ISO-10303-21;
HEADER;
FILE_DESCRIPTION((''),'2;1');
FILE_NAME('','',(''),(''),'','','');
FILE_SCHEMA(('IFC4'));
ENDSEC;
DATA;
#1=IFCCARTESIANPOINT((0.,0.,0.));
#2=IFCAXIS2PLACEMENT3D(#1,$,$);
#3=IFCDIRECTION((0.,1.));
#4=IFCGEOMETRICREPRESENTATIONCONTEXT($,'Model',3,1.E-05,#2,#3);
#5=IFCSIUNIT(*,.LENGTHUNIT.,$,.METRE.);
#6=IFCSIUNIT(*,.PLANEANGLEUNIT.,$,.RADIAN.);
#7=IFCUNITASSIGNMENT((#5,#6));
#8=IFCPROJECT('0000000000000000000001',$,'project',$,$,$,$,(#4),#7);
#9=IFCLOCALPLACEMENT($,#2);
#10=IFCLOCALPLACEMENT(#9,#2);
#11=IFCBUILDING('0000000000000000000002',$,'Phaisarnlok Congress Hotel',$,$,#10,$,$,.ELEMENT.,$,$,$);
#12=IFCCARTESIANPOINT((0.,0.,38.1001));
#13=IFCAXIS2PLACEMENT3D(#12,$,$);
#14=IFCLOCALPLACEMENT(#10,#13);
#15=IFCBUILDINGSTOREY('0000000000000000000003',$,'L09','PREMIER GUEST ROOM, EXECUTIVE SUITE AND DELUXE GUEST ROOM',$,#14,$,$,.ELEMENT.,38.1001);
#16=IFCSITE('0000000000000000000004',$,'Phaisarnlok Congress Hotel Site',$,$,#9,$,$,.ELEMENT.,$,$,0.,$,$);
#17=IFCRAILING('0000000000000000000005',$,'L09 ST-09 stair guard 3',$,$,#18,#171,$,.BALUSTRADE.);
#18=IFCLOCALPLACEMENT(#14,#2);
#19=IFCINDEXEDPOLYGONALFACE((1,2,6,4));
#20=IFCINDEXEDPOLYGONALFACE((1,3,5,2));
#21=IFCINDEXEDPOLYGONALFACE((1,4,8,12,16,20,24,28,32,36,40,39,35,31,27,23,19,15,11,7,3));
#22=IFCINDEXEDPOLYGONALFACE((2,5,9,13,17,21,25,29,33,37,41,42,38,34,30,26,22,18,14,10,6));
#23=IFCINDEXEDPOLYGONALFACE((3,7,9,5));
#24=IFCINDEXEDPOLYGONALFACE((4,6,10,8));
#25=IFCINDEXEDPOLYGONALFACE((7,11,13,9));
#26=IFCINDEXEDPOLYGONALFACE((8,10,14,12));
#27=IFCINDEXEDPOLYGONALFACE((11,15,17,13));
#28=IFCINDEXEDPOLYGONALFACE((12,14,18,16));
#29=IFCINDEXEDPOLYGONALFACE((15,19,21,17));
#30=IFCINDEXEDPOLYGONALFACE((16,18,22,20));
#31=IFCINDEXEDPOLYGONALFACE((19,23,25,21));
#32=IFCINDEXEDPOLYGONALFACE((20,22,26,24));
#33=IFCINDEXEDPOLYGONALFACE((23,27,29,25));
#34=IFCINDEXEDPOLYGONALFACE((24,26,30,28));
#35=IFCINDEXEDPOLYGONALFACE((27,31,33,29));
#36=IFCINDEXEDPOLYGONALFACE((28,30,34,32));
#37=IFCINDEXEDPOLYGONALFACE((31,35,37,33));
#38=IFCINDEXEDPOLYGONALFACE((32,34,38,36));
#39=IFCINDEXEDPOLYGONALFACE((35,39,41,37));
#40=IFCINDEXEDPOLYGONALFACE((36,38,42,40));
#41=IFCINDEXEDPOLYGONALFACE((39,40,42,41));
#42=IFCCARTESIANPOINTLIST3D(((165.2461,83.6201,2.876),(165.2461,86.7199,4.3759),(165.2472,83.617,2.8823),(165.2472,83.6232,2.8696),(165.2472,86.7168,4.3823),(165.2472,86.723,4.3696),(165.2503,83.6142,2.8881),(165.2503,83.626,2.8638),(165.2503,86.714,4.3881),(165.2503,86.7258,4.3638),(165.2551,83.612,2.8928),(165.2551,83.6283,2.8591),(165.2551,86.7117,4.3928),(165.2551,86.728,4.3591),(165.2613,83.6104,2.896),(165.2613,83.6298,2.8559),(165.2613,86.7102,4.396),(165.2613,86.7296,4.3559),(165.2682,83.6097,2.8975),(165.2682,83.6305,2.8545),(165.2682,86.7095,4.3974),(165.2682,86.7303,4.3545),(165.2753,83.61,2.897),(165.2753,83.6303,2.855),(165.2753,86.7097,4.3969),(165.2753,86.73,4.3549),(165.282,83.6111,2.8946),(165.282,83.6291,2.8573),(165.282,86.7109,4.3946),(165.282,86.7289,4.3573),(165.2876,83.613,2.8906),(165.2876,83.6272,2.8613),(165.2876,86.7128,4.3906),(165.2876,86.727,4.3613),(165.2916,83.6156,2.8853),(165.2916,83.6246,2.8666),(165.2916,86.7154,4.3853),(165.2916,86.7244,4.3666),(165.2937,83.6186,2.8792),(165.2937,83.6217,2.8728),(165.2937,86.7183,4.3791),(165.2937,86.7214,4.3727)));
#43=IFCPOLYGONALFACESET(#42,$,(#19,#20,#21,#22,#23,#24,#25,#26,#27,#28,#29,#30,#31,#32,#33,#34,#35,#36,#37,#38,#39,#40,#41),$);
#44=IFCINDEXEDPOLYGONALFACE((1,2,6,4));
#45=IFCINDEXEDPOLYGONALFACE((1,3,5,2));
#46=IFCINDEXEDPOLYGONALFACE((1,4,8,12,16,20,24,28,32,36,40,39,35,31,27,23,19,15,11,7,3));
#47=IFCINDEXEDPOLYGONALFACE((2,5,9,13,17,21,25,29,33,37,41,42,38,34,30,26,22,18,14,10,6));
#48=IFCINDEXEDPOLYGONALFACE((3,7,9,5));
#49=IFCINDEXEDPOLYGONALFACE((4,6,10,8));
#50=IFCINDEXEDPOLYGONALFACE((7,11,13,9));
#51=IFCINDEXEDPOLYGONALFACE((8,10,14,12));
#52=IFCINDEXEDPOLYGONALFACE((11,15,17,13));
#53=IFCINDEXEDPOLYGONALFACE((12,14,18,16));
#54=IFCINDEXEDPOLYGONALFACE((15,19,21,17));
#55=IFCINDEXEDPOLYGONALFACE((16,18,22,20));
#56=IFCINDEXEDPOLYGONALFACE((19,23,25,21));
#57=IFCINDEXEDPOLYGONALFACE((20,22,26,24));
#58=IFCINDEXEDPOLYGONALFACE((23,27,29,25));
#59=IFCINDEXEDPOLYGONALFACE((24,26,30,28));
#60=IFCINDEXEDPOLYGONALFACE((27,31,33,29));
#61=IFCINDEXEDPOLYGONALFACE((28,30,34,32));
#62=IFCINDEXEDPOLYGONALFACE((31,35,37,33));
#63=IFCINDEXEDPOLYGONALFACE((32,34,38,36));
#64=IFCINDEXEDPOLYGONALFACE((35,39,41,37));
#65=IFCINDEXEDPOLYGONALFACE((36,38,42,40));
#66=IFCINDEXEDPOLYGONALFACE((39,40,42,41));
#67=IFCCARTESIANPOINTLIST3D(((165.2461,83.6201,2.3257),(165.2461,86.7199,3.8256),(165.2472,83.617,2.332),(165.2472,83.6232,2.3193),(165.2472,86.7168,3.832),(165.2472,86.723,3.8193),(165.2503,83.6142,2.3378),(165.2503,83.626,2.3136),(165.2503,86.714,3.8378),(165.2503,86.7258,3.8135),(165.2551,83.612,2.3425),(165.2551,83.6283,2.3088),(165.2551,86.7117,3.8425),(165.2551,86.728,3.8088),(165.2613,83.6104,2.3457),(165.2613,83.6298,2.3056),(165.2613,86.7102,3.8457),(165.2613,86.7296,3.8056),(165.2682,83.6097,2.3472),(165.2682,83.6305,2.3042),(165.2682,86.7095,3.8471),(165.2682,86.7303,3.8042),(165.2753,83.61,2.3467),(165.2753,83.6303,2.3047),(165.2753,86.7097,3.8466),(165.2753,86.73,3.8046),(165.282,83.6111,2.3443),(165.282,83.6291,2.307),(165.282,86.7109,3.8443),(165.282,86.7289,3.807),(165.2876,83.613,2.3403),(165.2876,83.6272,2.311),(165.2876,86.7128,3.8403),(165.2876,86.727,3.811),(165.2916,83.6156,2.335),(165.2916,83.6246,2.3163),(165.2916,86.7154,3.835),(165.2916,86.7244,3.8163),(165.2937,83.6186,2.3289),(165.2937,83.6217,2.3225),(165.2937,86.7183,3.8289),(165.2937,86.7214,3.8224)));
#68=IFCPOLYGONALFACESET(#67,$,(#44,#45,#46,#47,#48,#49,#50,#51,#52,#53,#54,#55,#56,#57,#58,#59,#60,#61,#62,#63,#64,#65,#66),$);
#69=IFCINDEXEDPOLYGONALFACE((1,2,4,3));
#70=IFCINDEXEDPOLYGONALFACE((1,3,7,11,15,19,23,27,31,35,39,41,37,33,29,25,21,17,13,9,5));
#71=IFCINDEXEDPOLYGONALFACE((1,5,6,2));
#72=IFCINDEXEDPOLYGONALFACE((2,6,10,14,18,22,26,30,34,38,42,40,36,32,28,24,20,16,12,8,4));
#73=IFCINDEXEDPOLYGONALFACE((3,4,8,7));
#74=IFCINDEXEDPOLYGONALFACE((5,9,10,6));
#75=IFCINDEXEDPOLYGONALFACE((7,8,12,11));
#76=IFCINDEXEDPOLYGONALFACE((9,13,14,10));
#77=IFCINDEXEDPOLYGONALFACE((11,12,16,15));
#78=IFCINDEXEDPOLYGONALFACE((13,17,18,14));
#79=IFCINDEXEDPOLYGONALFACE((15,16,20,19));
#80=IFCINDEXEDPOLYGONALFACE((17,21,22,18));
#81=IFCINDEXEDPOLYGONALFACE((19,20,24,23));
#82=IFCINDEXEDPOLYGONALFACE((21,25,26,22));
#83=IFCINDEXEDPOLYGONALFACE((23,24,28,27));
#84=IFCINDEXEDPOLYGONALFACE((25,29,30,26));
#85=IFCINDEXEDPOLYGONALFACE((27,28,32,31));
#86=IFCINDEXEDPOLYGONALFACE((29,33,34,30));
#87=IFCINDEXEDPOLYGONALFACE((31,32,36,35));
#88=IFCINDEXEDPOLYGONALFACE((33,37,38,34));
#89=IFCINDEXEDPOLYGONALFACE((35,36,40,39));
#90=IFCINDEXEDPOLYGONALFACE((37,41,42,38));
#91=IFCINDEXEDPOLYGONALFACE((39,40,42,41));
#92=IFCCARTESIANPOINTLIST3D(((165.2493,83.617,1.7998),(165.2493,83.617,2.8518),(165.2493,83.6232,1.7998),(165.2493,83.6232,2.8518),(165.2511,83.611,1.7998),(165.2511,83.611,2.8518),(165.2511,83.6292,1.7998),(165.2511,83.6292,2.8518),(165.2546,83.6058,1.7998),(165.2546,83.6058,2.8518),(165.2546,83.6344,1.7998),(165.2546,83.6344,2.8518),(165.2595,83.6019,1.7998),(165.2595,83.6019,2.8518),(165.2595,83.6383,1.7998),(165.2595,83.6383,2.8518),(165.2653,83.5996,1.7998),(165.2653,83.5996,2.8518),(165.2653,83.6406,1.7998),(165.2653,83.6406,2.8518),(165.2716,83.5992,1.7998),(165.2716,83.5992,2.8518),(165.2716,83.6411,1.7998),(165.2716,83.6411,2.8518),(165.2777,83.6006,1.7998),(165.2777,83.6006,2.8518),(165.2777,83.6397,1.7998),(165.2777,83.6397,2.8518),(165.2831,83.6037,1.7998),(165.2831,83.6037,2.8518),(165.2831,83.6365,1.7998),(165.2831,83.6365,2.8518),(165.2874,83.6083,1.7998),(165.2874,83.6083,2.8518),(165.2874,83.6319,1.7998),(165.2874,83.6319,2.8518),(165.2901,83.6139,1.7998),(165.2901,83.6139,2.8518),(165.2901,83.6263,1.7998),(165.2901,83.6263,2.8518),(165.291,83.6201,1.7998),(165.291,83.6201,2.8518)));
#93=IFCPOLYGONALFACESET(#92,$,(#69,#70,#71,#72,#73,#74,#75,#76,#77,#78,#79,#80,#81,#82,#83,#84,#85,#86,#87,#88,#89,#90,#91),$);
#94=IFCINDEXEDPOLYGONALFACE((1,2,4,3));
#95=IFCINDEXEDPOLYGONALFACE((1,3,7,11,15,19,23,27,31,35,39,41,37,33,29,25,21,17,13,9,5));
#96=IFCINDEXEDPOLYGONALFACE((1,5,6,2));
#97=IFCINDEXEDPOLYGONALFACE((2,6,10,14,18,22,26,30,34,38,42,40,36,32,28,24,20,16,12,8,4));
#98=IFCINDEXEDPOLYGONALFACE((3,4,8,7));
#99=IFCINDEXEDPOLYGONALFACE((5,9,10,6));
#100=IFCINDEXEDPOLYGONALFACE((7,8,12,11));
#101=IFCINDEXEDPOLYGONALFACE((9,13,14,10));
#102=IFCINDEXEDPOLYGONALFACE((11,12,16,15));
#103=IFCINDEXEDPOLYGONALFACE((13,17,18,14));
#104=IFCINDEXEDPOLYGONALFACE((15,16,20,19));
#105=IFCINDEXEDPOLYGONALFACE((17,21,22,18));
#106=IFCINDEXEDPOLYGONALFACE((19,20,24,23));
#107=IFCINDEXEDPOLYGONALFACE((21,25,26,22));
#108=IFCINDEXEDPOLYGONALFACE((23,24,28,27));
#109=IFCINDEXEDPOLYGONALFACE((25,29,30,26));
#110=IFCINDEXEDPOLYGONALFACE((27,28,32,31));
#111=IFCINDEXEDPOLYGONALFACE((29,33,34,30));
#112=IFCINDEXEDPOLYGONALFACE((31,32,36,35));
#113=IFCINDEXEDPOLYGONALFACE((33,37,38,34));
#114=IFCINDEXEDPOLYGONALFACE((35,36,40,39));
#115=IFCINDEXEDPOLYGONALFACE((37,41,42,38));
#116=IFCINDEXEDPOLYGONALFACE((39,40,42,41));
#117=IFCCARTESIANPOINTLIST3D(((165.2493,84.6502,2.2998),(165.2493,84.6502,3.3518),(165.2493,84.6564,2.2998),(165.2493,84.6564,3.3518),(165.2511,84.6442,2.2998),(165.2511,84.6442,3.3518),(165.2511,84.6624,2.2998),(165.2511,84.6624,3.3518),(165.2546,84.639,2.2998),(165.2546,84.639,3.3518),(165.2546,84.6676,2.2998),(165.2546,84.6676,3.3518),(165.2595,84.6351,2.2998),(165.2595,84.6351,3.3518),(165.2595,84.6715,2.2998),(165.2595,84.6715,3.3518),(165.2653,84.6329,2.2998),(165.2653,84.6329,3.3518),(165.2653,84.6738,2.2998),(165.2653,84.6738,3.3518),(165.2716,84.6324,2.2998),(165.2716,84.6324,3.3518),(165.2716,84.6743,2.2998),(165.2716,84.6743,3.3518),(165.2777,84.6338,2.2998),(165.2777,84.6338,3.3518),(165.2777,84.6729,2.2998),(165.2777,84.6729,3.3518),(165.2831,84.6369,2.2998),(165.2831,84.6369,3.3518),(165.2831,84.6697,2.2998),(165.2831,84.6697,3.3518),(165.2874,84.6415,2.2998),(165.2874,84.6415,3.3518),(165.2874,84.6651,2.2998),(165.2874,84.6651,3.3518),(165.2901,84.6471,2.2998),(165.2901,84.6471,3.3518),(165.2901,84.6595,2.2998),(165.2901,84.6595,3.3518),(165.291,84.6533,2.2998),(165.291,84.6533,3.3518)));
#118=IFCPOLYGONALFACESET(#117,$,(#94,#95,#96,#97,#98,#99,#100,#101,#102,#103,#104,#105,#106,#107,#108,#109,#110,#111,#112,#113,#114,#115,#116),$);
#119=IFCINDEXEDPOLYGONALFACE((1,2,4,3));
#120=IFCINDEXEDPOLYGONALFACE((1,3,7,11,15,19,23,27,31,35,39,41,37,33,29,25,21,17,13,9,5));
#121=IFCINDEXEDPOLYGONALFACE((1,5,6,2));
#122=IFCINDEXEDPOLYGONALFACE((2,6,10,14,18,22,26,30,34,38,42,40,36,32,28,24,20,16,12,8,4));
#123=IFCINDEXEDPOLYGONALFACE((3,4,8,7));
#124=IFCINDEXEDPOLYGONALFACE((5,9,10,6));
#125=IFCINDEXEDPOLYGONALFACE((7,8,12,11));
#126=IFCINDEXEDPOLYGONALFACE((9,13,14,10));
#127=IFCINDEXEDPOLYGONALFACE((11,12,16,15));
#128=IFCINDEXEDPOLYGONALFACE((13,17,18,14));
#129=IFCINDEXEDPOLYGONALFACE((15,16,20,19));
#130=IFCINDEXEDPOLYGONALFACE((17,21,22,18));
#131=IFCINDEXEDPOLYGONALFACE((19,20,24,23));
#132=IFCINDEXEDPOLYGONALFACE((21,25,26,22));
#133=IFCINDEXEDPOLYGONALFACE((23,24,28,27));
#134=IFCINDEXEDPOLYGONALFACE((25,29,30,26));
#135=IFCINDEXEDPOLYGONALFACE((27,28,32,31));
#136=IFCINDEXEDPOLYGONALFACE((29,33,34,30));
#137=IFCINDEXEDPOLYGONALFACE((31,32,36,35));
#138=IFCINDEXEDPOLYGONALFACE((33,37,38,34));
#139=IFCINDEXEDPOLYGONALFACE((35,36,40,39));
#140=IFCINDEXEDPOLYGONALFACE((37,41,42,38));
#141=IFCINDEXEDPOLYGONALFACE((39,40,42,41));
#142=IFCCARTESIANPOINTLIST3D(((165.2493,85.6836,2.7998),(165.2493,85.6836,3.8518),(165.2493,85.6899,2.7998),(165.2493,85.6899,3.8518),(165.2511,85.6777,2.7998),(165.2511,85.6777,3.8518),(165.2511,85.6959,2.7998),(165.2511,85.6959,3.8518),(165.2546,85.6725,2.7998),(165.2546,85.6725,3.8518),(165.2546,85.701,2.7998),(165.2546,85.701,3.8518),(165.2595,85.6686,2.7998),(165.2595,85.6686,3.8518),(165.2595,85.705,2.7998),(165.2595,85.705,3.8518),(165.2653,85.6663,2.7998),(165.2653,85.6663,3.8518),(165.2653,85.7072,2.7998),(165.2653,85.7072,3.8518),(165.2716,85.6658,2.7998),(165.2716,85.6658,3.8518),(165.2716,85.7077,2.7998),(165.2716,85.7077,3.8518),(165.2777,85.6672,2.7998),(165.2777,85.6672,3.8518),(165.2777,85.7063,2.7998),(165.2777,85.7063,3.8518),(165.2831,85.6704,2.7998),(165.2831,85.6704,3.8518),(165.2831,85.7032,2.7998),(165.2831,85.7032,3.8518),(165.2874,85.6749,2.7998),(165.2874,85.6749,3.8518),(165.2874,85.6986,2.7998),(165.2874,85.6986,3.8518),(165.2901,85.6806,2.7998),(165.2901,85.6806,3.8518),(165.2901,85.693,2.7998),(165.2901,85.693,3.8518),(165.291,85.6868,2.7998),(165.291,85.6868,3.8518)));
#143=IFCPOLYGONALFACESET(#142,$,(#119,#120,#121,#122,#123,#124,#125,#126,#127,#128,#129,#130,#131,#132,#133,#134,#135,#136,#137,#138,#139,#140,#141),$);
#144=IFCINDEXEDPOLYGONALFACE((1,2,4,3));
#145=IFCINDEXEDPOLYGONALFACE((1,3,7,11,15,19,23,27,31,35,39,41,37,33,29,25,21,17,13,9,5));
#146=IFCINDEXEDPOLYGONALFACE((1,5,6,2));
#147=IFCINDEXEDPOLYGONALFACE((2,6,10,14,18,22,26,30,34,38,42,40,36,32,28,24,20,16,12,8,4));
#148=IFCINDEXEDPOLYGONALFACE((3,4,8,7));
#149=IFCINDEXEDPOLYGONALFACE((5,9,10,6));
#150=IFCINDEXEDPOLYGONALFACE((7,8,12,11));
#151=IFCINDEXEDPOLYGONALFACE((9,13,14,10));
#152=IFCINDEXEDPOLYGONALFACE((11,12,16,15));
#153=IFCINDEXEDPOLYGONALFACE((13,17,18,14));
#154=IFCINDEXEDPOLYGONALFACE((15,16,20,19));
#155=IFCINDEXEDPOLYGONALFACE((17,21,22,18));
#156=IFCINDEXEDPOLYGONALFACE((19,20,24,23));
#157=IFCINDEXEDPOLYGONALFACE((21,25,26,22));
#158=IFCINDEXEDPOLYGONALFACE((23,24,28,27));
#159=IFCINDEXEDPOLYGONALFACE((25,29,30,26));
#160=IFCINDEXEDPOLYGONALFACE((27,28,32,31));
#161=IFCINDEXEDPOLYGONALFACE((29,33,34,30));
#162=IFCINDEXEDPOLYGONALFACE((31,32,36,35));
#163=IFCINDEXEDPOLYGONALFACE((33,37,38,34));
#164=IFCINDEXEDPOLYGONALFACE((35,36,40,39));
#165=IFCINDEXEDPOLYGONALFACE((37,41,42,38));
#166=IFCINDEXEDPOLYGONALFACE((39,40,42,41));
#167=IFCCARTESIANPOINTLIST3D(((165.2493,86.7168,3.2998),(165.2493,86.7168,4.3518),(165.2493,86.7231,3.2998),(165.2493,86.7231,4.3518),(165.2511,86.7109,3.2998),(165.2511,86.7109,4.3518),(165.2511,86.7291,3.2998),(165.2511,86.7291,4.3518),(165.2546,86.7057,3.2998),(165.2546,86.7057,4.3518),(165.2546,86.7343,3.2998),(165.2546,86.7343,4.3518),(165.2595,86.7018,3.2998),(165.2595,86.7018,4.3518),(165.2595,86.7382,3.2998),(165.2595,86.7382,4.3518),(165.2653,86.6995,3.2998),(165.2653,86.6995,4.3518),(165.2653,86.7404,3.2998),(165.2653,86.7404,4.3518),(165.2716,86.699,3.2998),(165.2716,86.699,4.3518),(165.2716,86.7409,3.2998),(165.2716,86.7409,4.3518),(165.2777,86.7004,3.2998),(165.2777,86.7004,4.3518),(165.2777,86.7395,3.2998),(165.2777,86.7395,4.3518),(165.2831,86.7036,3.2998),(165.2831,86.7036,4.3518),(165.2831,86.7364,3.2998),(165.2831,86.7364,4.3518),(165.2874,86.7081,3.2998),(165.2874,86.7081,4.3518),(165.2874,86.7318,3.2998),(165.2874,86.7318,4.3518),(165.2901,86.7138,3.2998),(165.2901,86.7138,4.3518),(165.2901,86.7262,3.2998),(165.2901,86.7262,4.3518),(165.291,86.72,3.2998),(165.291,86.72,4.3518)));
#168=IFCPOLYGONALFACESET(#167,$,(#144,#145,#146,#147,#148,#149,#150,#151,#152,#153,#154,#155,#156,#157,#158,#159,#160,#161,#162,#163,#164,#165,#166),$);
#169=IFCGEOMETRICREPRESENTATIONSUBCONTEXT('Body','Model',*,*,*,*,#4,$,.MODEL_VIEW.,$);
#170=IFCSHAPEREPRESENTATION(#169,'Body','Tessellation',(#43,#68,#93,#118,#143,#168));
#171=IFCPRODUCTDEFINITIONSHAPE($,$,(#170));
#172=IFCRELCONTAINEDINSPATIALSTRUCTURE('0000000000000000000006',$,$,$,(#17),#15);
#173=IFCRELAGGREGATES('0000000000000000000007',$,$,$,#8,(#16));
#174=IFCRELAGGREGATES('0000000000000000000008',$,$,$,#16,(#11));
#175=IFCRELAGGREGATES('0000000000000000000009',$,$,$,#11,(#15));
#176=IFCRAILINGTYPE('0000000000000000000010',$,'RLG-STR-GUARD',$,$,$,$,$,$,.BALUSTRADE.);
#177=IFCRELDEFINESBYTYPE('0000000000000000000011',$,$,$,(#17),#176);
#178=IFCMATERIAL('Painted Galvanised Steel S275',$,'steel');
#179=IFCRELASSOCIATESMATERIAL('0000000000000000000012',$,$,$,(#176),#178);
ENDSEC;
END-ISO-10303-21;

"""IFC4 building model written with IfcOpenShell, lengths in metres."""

from ifc_helpers import new_model, si_unit, direction, frame, origin, origin_2d, place, context, subcontext, project, spatial, circle, extrude, material, type_object, element, save


model = new_model("IFC4")

# Units and contexts
model_context = context("Model", 3, precision=1e-05, world=origin(), true_north=direction((0.0, 1.0)))
body_context = subcontext(model_context, "Body", "Model", "MODEL_VIEW")
ifc_project = project(units=[si_unit("LENGTHUNIT", "METRE"), si_unit("PLANEANGLEUNIT", "RADIAN")], contexts=[model_context])

# Site, building, storey
site_placement = place(None, origin())
site = spatial("IfcSite", under=ifc_project, at=site_placement, Name="Phaisarnlok Congress Hotel Site", CompositionType="ELEMENT", RefElevation=0.0)
building_placement = place(site_placement, origin())
building = spatial("IfcBuilding", under=site, at=building_placement, Name="Phaisarnlok Congress Hotel", CompositionType="ELEMENT")
storey_placement = place(building_placement, frame((0.0, 0.0, 38.1001)))
storey = spatial("IfcBuildingStorey", under=building, at=storey_placement, Name="L09", Description="PREMIER GUEST ROOM, EXECUTIVE SUITE AND DELUXE GUEST ROOM", CompositionType="ELEMENT", Elevation=38.1001)

# Railing
ifc_material_1 = material(Name="Painted Galvanised Steel S275", Category="steel")
railing_type_1 = type_object("IfcRailingType", Name="RLG-STR-GUARD", PredefinedType="BALUSTRADE", material=ifc_material_1)
railing_1_placement = place(storey_placement, frame((165.27, 83.6201, 1.7998)))
element("IfcRailing", 1, at=railing_1_placement, inside=storey, type_object=railing_type_1, Name="L09 ST-09 stair guard 3", PredefinedType="BALUSTRADE", context=body_context, shape_type="SweptSolid", body=[
    extrude(circle(Radius=0.0239, at=origin_2d()), frame((0.0, 0.0, 1.0762), z_axis=(0.0, 0.900151, 0.435578), x_axis=(-1.0, 0.0, 0.0)), (0.0, 0.0, 1.0), 3.4436),
    extrude(circle(Radius=0.0239, at=origin_2d()), frame((0.0, 0.0, 0.5259), z_axis=(0.0, 0.900151, 0.435578), x_axis=(-1.0, 0.0, 0.0)), (0.0, 0.0, 1.0), 3.4436),
    extrude(circle(Radius=0.021, at=origin_2d()), origin(), (0.0, 0.0, 1.0), 1.052),
    extrude(circle(Radius=0.021, at=origin_2d()), frame((0.0, 1.0332, 0.5)), (0.0, 0.0, 1.0), 1.052),
    extrude(circle(Radius=0.021, at=origin_2d()), frame((0.0, 2.0667, 1.0)), (0.0, 0.0, 1.0), 1.052),
    extrude(circle(Radius=0.021, at=origin_2d()), frame((0.0, 3.0999, 1.5)), (0.0, 0.0, 1.0), 1.052),
])

save(model, "model.ifc")
